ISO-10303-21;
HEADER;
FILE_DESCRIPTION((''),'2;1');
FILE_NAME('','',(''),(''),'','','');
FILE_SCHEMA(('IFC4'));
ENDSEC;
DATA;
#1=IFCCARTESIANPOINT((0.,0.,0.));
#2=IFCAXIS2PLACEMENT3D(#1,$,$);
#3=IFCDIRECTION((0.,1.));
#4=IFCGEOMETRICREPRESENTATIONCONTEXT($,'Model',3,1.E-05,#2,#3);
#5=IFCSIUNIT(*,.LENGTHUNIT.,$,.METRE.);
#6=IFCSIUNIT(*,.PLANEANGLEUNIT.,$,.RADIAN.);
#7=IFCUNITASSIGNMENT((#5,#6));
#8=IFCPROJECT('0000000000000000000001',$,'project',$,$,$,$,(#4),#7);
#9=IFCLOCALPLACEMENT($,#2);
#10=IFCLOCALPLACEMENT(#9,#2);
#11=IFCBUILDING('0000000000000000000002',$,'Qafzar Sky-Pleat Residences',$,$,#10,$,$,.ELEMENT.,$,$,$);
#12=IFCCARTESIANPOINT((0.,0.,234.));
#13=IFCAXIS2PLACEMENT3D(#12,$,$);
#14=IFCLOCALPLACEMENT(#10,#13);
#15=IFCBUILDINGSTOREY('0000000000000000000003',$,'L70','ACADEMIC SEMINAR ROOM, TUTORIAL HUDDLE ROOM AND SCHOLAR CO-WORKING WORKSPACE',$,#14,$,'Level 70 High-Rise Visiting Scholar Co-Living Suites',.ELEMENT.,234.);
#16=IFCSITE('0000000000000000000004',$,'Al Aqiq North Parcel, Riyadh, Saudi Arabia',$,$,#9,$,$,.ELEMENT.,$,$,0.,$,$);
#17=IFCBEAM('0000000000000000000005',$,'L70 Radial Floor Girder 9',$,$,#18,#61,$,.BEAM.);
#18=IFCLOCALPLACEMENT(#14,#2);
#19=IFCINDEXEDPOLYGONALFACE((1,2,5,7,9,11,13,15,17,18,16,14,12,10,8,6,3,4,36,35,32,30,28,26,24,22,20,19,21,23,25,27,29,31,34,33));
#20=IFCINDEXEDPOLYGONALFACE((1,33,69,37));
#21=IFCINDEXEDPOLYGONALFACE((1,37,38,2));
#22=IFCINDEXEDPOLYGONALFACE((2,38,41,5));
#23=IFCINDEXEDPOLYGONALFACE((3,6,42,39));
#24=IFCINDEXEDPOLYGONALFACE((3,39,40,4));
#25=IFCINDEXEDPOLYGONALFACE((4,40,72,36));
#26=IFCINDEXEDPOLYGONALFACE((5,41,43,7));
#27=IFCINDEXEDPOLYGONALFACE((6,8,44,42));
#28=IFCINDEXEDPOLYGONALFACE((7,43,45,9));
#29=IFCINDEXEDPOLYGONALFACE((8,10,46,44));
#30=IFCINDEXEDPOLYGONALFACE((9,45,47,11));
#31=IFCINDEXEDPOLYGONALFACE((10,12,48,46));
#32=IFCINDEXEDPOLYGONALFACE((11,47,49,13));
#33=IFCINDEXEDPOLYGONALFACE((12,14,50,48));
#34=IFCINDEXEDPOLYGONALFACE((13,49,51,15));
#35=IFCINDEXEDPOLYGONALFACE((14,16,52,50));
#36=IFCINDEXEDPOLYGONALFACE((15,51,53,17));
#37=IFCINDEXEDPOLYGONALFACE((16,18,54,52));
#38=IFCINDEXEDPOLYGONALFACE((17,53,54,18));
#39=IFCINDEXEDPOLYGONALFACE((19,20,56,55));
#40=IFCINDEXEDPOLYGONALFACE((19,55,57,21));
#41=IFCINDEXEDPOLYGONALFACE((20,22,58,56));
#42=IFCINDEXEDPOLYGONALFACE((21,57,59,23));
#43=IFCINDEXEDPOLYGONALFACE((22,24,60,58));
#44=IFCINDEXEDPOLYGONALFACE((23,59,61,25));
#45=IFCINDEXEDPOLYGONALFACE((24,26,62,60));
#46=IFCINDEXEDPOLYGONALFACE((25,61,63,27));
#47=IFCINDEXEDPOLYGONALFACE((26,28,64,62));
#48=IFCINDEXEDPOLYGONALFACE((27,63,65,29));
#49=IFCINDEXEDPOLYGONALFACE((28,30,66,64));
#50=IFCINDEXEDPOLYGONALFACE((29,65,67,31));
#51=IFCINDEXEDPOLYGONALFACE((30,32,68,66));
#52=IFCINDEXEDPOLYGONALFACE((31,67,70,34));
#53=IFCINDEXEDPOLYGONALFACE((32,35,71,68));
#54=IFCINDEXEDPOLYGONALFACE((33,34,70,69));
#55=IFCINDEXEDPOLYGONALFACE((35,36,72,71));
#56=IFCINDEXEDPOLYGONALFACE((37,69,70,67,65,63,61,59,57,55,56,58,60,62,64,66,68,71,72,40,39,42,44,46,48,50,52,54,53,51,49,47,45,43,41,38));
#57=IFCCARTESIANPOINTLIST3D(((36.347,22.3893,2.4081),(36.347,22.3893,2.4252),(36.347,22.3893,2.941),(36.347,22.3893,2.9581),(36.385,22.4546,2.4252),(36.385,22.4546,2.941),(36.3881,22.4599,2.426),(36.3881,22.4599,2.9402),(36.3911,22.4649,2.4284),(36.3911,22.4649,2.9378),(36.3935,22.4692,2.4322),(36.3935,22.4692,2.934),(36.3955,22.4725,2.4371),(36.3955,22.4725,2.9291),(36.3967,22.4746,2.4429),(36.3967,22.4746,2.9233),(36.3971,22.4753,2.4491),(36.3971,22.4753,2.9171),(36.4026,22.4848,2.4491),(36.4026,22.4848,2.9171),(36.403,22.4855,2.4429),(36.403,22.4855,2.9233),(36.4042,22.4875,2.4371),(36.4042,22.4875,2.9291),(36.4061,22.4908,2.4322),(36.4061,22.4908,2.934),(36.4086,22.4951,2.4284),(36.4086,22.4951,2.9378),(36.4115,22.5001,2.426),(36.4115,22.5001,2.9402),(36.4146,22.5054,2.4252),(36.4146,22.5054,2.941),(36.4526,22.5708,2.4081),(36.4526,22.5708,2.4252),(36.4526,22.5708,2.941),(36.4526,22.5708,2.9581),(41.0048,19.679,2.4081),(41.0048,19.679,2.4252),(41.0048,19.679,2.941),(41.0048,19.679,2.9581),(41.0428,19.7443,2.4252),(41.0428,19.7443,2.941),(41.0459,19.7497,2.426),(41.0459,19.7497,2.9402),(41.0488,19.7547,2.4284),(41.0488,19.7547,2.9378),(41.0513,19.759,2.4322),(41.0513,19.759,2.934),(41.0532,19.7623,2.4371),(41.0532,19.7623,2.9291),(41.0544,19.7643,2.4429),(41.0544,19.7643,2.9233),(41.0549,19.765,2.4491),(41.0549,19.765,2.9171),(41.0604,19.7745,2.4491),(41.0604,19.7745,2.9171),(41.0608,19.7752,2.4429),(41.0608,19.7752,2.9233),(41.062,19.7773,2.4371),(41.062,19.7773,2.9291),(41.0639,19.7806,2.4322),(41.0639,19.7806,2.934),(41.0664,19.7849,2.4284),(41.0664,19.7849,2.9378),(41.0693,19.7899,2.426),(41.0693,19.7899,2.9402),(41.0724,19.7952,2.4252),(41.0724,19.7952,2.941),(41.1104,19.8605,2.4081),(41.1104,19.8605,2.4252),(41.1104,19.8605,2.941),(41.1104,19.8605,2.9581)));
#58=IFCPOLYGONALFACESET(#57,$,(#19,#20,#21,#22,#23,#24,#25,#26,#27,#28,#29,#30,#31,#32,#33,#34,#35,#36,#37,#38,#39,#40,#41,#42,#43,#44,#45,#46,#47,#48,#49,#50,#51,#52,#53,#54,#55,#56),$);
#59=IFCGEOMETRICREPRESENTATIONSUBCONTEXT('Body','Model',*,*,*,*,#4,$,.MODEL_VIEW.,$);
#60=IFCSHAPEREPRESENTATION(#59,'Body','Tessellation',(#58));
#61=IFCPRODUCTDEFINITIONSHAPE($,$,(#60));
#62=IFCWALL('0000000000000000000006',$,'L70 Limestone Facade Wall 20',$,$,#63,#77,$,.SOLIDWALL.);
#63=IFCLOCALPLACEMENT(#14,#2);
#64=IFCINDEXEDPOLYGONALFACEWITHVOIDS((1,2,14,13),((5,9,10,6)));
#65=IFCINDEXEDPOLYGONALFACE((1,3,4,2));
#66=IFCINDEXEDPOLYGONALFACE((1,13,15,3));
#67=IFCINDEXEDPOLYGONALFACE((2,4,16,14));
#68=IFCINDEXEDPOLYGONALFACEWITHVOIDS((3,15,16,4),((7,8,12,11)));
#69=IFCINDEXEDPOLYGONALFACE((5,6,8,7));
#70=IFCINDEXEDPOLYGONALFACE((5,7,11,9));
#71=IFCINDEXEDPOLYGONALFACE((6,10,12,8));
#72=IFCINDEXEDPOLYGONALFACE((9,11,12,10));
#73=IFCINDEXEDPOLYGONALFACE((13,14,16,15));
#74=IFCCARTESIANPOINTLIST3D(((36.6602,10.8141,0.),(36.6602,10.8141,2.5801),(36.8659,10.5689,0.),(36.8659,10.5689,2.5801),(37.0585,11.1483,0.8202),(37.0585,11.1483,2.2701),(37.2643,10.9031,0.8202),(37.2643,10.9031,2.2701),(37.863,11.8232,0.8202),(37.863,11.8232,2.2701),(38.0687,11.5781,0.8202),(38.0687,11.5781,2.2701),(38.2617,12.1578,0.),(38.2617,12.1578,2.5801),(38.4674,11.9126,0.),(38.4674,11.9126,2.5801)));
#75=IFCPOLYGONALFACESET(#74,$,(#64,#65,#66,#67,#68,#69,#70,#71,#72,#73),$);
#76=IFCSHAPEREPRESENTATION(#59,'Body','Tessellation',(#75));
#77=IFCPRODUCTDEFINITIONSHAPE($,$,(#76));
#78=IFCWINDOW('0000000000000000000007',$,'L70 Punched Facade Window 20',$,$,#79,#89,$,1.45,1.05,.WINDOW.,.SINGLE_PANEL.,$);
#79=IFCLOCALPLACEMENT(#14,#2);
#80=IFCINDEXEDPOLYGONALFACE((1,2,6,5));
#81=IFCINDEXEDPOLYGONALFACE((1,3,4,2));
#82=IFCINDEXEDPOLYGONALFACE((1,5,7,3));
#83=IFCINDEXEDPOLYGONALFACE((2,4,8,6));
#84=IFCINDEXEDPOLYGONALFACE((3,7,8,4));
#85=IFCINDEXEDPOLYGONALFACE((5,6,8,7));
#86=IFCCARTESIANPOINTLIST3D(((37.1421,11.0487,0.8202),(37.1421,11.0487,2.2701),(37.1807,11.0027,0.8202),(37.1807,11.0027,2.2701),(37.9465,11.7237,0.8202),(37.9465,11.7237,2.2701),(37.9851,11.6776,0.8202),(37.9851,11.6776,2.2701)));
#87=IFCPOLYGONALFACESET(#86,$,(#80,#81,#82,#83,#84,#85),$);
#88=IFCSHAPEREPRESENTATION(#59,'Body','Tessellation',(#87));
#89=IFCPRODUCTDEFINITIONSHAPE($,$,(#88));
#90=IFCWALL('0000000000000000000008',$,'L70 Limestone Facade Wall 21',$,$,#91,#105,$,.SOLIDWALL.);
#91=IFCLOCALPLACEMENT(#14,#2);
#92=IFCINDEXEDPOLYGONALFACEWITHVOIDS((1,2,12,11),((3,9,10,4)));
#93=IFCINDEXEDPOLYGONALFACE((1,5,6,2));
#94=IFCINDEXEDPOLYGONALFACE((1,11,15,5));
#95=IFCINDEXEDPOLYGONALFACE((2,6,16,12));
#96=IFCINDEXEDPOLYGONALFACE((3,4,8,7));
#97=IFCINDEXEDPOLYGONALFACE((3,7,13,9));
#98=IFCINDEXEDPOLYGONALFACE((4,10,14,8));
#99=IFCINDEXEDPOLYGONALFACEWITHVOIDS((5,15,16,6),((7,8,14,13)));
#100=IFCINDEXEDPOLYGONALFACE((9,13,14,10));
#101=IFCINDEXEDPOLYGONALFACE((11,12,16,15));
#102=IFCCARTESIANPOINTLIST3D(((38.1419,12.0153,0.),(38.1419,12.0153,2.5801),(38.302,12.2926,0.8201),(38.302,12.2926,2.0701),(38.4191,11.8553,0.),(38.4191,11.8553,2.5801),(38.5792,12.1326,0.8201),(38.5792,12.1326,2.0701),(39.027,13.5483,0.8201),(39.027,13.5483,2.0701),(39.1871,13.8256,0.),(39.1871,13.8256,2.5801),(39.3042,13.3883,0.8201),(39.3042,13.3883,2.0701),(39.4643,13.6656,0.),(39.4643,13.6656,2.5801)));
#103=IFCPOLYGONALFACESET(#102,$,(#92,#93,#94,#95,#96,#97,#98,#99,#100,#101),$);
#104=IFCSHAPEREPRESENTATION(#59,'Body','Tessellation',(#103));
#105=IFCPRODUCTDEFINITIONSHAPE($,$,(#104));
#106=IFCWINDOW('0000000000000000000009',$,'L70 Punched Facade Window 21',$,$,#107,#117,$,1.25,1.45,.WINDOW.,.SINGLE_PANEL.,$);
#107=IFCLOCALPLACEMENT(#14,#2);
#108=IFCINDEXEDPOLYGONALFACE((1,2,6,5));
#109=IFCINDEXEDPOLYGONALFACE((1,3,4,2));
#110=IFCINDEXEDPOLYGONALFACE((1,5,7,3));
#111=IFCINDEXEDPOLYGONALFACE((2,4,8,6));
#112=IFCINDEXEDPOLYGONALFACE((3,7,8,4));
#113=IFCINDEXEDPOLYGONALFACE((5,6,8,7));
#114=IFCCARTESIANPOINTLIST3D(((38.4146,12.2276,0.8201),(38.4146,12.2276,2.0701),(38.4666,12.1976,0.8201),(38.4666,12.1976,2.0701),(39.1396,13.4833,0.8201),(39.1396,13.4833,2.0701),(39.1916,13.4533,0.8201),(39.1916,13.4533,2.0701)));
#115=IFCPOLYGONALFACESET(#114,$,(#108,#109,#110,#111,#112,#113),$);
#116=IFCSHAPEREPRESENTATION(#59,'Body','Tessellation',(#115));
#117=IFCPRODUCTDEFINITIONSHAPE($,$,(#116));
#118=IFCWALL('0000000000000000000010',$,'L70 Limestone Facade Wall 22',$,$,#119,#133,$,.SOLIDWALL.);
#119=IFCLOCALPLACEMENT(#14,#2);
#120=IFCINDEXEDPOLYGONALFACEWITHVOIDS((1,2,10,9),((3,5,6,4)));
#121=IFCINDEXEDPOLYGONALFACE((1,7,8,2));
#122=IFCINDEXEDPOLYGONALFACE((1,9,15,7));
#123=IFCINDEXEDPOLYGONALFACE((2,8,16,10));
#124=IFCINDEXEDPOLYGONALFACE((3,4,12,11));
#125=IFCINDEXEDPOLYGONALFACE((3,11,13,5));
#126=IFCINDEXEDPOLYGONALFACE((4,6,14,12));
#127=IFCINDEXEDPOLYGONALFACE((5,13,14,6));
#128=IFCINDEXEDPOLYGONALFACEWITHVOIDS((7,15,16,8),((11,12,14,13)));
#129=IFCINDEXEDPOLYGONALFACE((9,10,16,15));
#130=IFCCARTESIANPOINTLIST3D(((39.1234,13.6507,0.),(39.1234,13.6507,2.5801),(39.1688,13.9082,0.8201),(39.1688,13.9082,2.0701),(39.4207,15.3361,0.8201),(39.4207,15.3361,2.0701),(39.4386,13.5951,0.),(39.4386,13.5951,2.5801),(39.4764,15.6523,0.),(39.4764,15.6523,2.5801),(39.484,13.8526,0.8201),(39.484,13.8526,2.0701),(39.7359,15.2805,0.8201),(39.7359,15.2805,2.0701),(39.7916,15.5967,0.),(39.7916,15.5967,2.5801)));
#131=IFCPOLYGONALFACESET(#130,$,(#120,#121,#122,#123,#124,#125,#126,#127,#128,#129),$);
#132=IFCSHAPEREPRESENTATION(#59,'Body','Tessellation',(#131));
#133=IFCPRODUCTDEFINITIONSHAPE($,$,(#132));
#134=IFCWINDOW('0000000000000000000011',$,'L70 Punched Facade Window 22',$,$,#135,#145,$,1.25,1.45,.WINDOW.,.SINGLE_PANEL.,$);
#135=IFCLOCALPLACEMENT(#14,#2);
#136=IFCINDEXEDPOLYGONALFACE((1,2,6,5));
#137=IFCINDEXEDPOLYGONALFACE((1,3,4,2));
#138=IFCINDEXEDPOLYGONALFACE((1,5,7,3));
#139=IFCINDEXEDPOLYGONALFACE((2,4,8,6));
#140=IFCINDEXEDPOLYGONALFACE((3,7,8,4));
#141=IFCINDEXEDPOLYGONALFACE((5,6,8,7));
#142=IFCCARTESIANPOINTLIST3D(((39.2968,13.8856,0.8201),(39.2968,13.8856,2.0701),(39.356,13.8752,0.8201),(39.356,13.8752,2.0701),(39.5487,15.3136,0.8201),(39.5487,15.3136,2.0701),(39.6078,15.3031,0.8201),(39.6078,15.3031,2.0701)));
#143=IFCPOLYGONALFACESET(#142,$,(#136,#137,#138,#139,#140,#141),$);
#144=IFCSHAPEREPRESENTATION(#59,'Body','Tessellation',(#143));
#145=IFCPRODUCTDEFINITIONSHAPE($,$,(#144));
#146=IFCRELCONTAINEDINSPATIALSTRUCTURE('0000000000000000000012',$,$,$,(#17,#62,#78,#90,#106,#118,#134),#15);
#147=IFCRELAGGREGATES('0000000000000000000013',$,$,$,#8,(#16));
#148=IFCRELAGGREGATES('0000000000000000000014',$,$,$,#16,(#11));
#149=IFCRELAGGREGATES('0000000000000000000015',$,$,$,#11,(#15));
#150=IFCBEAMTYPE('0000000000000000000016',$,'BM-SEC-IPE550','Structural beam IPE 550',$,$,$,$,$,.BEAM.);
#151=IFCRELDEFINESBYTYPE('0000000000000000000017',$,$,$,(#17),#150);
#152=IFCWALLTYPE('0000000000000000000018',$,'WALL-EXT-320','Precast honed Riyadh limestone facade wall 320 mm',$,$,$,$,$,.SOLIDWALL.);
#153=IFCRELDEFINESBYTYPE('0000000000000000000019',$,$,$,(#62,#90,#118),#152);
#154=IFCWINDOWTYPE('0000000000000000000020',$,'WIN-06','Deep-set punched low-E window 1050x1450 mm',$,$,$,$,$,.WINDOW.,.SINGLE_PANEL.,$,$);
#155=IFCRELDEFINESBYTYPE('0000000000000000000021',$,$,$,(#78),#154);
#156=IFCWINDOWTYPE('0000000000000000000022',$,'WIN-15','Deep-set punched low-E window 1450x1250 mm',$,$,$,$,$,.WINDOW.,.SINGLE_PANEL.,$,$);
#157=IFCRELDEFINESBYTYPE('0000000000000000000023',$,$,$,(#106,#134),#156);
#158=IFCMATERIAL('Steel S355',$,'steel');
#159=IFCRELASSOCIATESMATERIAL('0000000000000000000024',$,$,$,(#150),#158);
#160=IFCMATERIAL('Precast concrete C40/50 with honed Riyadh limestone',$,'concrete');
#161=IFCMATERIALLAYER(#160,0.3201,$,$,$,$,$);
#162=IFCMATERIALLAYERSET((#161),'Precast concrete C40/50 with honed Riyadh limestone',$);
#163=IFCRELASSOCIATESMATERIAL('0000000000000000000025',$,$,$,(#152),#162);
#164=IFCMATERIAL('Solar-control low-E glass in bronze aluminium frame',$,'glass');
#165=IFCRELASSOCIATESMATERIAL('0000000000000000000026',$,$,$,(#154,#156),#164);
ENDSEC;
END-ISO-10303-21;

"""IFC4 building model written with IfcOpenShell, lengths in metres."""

from ifc_helpers import new_model, si_unit, direction, frame, frame_2d, origin, origin_2d, place, context, subcontext, project, spatial, rectangle, i_section, extrude, source, transform, mapped, material, layer, layer_set, material_profile, profile_set, type_object, element, fill, save


model = new_model("IFC4")

# Units and contexts
model_context = context("Model", 3, precision=1e-05, world=origin(), true_north=direction((0.0, 1.0)))
body_context = subcontext(model_context, "Body", "Model", "MODEL_VIEW")
ifc_project = project(units=[si_unit("LENGTHUNIT", "METRE"), si_unit("PLANEANGLEUNIT", "RADIAN")], contexts=[model_context])

# Site, building, storey
site_placement = place(None, origin())
site = spatial("IfcSite", under=ifc_project, at=site_placement, Name="Al Aqiq North Parcel, Riyadh, Saudi Arabia", CompositionType="ELEMENT", RefElevation=0.0)
building_placement = place(site_placement, origin())
building = spatial("IfcBuilding", under=site, at=building_placement, Name="Qafzar Sky-Pleat Residences", CompositionType="ELEMENT")
storey_placement = place(building_placement, frame((0.0, 0.0, 234.0)))
storey = spatial("IfcBuildingStorey", under=building, at=storey_placement, Name="L70", Description="ACADEMIC SEMINAR ROOM, TUTORIAL HUDDLE ROOM AND SCHOLAR CO-WORKING WORKSPACE", LongName="Level 70 High-Rise Visiting Scholar Co-Living Suites", CompositionType="ELEMENT", Elevation=234.0)

# Shared definitions
ifc_material_1 = material(Name="Steel S355", Category="steel")

# Beam
ifc_material_profile_1 = material_profile(ifc_material_1, i_section(OverallWidth=0.21, OverallDepth=0.55, WebThickness=0.011, FlangeThickness=0.0171, FilletRadius=0.0239, at=origin_2d()), Name="IPE 550")
ifc_profile_set_1 = profile_set([ifc_material_profile_1], Name="Steel S355")
beam_type_1 = type_object("IfcBeamType", Name="BM-SEC-IPE550", Description="Structural beam IPE 550", PredefinedType="BEAM", material=ifc_profile_set_1)
shared_shape_1 = source(origin(), body_context, "Body", "SweptSolid", [
    extrude(i_section(OverallWidth=0.21, OverallDepth=0.55, WebThickness=0.011, FlangeThickness=0.0171, FilletRadius=0.0239, at=origin_2d()), origin(), (0.0, 0.0, 1.0), 5.3889),
])
beam_1_placement = place(storey_placement, frame((41.0576, 19.7698, 2.6831), z_axis=(-0.864327, 0.50293, 0.0), x_axis=(-0.50293, -0.864327, 0.0)))
element("IfcBeam", 1, at=beam_1_placement, inside=storey, type_object=beam_type_1, Name="L70 Radial Floor Girder 9", PredefinedType="BEAM", context=body_context, shape_type="MappedRepresentation", body=[
    mapped(shared_shape_1, transform((0.0, 0.0, 0.0), x_axis=(1.0, 0.0, 0.0), y_axis=(0.0, 1.0, 0.0), z_axis=(0.0, 0.0, 1.0), scale=1.0)),
])

# Walls, openings, windows
ifc_material_2 = material(Name="Precast concrete C40/50 with honed Riyadh limestone", Category="concrete")
ifc_layer_1 = layer(ifc_material_2, 0.3201)
ifc_layer_set_1 = layer_set([ifc_layer_1], Name="Precast concrete C40/50 with honed Riyadh limestone")
wall_type = type_object("IfcWallType", Name="WALL-EXT-320", Description="Precast honed Riyadh limestone facade wall 320 mm", PredefinedType="SOLIDWALL", material=ifc_layer_set_1)
wall_1_placement = place(storey_placement, frame((36.7629, 10.6914, 0.0), z_axis=(0.0, 0.0, 1.0), x_axis=(0.766073, 0.642754, 0.0)))
wall_1 = element("IfcWall", 2, at=wall_1_placement, inside=storey, type_object=wall_type, Name="L70 Limestone Facade Wall 20", PredefinedType="SOLIDWALL", context=body_context, shape_type="SweptSolid", body=[
    extrude(rectangle(XDim=2.0906, YDim=0.3201, at=frame_2d((1.0454, 0.0))), origin(), (0.0, 0.0, 1.0), 2.5801),
])
opening_1_placement = place(wall_1_placement, frame((0.5203, 0.0, 0.8201)))
opening_1 = element("IfcOpeningElement", 3, at=opening_1_placement, cuts=wall_1, PredefinedType="OPENING", context=body_context, shape_type="SweptSolid", body=[
    extrude(rectangle(XDim=1.05, YDim=1.45, at=frame_2d((0.5249, 0.7251))), frame((0.0, 0.1699, 0.0), z_axis=(0.0, -1.0, 0.0), x_axis=(1.0, 0.0, 0.0)), (0.0, 0.0, 1.0), 0.3401),
])
ifc_material_3 = material(Name="Solar-control low-E glass in bronze aluminium frame", Category="glass")
window_type_1 = type_object("IfcWindowType", Name="WIN-06", Description="Deep-set punched low-E window 1050x1450 mm", PartitioningType="SINGLE_PANEL", PredefinedType="WINDOW", material=ifc_material_3)
shared_shape_2 = source(origin(), body_context, "Body", "SweptSolid", [
    extrude(rectangle(XDim=1.05, YDim=1.45, at=frame_2d((0.5249, 0.7251))), frame((0.0, 0.03, 0.0), z_axis=(0.0, -1.0, 0.0), x_axis=(1.0, 0.0, 0.0)), (0.0, 0.0, 1.0), 0.0601),
])
window_1_placement = place(opening_1_placement, origin())
window_1 = element("IfcWindow", 4, at=window_1_placement, inside=storey, type_object=window_type_1, Name="L70 Punched Facade Window 20", OverallHeight=1.45, OverallWidth=1.05, PartitioningType="SINGLE_PANEL", PredefinedType="WINDOW", context=body_context, shape_type="MappedRepresentation", body=[
    mapped(shared_shape_2, transform((0.0, 0.0, 0.0), x_axis=(1.0, 0.0, 0.0), y_axis=(0.0, 1.0, 0.0), z_axis=(0.0, 0.0, 1.0), scale=1.0)),
])
fill(opening_1, window_1)
wall_2_placement = place(storey_placement, frame((38.2805, 11.9353, 0.0), z_axis=(0.0, 0.0, 1.0), x_axis=(0.499995, 0.866028, 0.0)))
wall_2 = element("IfcWall", 5, at=wall_2_placement, inside=storey, type_object=wall_type, Name="L70 Limestone Facade Wall 21", PredefinedType="SOLIDWALL", context=body_context, shape_type="SweptSolid", body=[
    extrude(rectangle(XDim=2.0903, YDim=0.3201, at=frame_2d((1.0452, 0.0))), origin(), (0.0, 0.0, 1.0), 2.5801),
])
opening_2_placement = place(wall_2_placement, frame((0.3201, 0.0, 0.8201)))
opening_2 = element("IfcOpeningElement", 6, at=opening_2_placement, cuts=wall_2, PredefinedType="OPENING", context=body_context, shape_type="SweptSolid", body=[
    extrude(rectangle(XDim=1.45, YDim=1.25, at=frame_2d((0.7251, 0.625))), frame((0.0, 0.1699, 0.0), z_axis=(0.0, -1.0, 0.0), x_axis=(1.0, 0.0, 0.0)), (0.0, 0.0, 1.0), 0.3401),
])
window_type_2 = type_object("IfcWindowType", Name="WIN-15", Description="Deep-set punched low-E window 1450x1250 mm", PartitioningType="SINGLE_PANEL", PredefinedType="WINDOW", material=ifc_material_3)
shared_shape_3 = source(origin(), body_context, "Body", "SweptSolid", [
    extrude(rectangle(XDim=1.45, YDim=1.25, at=frame_2d((0.7251, 0.625))), frame((0.0, 0.03, 0.0), z_axis=(0.0, -1.0, 0.0), x_axis=(1.0, 0.0, 0.0)), (0.0, 0.0, 1.0), 0.0601),
])
window_2_placement = place(opening_2_placement, origin())
window_2 = element("IfcWindow", 7, at=window_2_placement, inside=storey, type_object=window_type_2, Name="L70 Punched Facade Window 21", OverallHeight=1.25, OverallWidth=1.45, PartitioningType="SINGLE_PANEL", PredefinedType="WINDOW", context=body_context, shape_type="MappedRepresentation", body=[
    mapped(shared_shape_3, transform((0.0, 0.0, 0.0), x_axis=(1.0, 0.0, 0.0), y_axis=(0.0, 1.0, 0.0), z_axis=(0.0, 0.0, 1.0), scale=1.0)),
])
fill(opening_2, window_2)
wall_3_placement = place(storey_placement, frame((39.281, 13.623, 0.0), z_axis=(0.0, 0.0, 1.0), x_axis=(0.173703, 0.984798, 0.0)))
wall_3 = element("IfcWall", 8, at=wall_3_placement, inside=storey, type_object=wall_type, Name="L70 Limestone Facade Wall 22", PredefinedType="SOLIDWALL", context=body_context, shape_type="SweptSolid", body=[
    extrude(rectangle(XDim=2.0325, YDim=0.3201, at=frame_2d((1.0161, 0.0))), origin(), (0.0, 0.0, 1.0), 2.5801),
])
opening_3_placement = place(wall_3_placement, frame((0.2612, 0.0, 0.8201)))
opening_3 = element("IfcOpeningElement", 9, at=opening_3_placement, cuts=wall_3, PredefinedType="OPENING", context=body_context, shape_type="SweptSolid", body=[
    extrude(rectangle(XDim=1.45, YDim=1.25, at=frame_2d((0.7251, 0.625))), frame((0.0, 0.1699, 0.0), z_axis=(0.0, -1.0, 0.0), x_axis=(1.0, 0.0, 0.0)), (0.0, 0.0, 1.0), 0.3401),
])
window_3_placement = place(opening_3_placement, origin())
window_3 = element("IfcWindow", 10, at=window_3_placement, inside=storey, type_object=window_type_2, Name="L70 Punched Facade Window 22", OverallHeight=1.25, OverallWidth=1.45, PartitioningType="SINGLE_PANEL", PredefinedType="WINDOW", context=body_context, shape_type="MappedRepresentation", body=[
    mapped(shared_shape_3, transform((0.0, 0.0, 0.0), x_axis=(1.0, 0.0, 0.0), y_axis=(0.0, 1.0, 0.0), z_axis=(0.0, 0.0, 1.0), scale=1.0)),
])
fill(opening_3, window_3)

save(model, "model.ifc")
